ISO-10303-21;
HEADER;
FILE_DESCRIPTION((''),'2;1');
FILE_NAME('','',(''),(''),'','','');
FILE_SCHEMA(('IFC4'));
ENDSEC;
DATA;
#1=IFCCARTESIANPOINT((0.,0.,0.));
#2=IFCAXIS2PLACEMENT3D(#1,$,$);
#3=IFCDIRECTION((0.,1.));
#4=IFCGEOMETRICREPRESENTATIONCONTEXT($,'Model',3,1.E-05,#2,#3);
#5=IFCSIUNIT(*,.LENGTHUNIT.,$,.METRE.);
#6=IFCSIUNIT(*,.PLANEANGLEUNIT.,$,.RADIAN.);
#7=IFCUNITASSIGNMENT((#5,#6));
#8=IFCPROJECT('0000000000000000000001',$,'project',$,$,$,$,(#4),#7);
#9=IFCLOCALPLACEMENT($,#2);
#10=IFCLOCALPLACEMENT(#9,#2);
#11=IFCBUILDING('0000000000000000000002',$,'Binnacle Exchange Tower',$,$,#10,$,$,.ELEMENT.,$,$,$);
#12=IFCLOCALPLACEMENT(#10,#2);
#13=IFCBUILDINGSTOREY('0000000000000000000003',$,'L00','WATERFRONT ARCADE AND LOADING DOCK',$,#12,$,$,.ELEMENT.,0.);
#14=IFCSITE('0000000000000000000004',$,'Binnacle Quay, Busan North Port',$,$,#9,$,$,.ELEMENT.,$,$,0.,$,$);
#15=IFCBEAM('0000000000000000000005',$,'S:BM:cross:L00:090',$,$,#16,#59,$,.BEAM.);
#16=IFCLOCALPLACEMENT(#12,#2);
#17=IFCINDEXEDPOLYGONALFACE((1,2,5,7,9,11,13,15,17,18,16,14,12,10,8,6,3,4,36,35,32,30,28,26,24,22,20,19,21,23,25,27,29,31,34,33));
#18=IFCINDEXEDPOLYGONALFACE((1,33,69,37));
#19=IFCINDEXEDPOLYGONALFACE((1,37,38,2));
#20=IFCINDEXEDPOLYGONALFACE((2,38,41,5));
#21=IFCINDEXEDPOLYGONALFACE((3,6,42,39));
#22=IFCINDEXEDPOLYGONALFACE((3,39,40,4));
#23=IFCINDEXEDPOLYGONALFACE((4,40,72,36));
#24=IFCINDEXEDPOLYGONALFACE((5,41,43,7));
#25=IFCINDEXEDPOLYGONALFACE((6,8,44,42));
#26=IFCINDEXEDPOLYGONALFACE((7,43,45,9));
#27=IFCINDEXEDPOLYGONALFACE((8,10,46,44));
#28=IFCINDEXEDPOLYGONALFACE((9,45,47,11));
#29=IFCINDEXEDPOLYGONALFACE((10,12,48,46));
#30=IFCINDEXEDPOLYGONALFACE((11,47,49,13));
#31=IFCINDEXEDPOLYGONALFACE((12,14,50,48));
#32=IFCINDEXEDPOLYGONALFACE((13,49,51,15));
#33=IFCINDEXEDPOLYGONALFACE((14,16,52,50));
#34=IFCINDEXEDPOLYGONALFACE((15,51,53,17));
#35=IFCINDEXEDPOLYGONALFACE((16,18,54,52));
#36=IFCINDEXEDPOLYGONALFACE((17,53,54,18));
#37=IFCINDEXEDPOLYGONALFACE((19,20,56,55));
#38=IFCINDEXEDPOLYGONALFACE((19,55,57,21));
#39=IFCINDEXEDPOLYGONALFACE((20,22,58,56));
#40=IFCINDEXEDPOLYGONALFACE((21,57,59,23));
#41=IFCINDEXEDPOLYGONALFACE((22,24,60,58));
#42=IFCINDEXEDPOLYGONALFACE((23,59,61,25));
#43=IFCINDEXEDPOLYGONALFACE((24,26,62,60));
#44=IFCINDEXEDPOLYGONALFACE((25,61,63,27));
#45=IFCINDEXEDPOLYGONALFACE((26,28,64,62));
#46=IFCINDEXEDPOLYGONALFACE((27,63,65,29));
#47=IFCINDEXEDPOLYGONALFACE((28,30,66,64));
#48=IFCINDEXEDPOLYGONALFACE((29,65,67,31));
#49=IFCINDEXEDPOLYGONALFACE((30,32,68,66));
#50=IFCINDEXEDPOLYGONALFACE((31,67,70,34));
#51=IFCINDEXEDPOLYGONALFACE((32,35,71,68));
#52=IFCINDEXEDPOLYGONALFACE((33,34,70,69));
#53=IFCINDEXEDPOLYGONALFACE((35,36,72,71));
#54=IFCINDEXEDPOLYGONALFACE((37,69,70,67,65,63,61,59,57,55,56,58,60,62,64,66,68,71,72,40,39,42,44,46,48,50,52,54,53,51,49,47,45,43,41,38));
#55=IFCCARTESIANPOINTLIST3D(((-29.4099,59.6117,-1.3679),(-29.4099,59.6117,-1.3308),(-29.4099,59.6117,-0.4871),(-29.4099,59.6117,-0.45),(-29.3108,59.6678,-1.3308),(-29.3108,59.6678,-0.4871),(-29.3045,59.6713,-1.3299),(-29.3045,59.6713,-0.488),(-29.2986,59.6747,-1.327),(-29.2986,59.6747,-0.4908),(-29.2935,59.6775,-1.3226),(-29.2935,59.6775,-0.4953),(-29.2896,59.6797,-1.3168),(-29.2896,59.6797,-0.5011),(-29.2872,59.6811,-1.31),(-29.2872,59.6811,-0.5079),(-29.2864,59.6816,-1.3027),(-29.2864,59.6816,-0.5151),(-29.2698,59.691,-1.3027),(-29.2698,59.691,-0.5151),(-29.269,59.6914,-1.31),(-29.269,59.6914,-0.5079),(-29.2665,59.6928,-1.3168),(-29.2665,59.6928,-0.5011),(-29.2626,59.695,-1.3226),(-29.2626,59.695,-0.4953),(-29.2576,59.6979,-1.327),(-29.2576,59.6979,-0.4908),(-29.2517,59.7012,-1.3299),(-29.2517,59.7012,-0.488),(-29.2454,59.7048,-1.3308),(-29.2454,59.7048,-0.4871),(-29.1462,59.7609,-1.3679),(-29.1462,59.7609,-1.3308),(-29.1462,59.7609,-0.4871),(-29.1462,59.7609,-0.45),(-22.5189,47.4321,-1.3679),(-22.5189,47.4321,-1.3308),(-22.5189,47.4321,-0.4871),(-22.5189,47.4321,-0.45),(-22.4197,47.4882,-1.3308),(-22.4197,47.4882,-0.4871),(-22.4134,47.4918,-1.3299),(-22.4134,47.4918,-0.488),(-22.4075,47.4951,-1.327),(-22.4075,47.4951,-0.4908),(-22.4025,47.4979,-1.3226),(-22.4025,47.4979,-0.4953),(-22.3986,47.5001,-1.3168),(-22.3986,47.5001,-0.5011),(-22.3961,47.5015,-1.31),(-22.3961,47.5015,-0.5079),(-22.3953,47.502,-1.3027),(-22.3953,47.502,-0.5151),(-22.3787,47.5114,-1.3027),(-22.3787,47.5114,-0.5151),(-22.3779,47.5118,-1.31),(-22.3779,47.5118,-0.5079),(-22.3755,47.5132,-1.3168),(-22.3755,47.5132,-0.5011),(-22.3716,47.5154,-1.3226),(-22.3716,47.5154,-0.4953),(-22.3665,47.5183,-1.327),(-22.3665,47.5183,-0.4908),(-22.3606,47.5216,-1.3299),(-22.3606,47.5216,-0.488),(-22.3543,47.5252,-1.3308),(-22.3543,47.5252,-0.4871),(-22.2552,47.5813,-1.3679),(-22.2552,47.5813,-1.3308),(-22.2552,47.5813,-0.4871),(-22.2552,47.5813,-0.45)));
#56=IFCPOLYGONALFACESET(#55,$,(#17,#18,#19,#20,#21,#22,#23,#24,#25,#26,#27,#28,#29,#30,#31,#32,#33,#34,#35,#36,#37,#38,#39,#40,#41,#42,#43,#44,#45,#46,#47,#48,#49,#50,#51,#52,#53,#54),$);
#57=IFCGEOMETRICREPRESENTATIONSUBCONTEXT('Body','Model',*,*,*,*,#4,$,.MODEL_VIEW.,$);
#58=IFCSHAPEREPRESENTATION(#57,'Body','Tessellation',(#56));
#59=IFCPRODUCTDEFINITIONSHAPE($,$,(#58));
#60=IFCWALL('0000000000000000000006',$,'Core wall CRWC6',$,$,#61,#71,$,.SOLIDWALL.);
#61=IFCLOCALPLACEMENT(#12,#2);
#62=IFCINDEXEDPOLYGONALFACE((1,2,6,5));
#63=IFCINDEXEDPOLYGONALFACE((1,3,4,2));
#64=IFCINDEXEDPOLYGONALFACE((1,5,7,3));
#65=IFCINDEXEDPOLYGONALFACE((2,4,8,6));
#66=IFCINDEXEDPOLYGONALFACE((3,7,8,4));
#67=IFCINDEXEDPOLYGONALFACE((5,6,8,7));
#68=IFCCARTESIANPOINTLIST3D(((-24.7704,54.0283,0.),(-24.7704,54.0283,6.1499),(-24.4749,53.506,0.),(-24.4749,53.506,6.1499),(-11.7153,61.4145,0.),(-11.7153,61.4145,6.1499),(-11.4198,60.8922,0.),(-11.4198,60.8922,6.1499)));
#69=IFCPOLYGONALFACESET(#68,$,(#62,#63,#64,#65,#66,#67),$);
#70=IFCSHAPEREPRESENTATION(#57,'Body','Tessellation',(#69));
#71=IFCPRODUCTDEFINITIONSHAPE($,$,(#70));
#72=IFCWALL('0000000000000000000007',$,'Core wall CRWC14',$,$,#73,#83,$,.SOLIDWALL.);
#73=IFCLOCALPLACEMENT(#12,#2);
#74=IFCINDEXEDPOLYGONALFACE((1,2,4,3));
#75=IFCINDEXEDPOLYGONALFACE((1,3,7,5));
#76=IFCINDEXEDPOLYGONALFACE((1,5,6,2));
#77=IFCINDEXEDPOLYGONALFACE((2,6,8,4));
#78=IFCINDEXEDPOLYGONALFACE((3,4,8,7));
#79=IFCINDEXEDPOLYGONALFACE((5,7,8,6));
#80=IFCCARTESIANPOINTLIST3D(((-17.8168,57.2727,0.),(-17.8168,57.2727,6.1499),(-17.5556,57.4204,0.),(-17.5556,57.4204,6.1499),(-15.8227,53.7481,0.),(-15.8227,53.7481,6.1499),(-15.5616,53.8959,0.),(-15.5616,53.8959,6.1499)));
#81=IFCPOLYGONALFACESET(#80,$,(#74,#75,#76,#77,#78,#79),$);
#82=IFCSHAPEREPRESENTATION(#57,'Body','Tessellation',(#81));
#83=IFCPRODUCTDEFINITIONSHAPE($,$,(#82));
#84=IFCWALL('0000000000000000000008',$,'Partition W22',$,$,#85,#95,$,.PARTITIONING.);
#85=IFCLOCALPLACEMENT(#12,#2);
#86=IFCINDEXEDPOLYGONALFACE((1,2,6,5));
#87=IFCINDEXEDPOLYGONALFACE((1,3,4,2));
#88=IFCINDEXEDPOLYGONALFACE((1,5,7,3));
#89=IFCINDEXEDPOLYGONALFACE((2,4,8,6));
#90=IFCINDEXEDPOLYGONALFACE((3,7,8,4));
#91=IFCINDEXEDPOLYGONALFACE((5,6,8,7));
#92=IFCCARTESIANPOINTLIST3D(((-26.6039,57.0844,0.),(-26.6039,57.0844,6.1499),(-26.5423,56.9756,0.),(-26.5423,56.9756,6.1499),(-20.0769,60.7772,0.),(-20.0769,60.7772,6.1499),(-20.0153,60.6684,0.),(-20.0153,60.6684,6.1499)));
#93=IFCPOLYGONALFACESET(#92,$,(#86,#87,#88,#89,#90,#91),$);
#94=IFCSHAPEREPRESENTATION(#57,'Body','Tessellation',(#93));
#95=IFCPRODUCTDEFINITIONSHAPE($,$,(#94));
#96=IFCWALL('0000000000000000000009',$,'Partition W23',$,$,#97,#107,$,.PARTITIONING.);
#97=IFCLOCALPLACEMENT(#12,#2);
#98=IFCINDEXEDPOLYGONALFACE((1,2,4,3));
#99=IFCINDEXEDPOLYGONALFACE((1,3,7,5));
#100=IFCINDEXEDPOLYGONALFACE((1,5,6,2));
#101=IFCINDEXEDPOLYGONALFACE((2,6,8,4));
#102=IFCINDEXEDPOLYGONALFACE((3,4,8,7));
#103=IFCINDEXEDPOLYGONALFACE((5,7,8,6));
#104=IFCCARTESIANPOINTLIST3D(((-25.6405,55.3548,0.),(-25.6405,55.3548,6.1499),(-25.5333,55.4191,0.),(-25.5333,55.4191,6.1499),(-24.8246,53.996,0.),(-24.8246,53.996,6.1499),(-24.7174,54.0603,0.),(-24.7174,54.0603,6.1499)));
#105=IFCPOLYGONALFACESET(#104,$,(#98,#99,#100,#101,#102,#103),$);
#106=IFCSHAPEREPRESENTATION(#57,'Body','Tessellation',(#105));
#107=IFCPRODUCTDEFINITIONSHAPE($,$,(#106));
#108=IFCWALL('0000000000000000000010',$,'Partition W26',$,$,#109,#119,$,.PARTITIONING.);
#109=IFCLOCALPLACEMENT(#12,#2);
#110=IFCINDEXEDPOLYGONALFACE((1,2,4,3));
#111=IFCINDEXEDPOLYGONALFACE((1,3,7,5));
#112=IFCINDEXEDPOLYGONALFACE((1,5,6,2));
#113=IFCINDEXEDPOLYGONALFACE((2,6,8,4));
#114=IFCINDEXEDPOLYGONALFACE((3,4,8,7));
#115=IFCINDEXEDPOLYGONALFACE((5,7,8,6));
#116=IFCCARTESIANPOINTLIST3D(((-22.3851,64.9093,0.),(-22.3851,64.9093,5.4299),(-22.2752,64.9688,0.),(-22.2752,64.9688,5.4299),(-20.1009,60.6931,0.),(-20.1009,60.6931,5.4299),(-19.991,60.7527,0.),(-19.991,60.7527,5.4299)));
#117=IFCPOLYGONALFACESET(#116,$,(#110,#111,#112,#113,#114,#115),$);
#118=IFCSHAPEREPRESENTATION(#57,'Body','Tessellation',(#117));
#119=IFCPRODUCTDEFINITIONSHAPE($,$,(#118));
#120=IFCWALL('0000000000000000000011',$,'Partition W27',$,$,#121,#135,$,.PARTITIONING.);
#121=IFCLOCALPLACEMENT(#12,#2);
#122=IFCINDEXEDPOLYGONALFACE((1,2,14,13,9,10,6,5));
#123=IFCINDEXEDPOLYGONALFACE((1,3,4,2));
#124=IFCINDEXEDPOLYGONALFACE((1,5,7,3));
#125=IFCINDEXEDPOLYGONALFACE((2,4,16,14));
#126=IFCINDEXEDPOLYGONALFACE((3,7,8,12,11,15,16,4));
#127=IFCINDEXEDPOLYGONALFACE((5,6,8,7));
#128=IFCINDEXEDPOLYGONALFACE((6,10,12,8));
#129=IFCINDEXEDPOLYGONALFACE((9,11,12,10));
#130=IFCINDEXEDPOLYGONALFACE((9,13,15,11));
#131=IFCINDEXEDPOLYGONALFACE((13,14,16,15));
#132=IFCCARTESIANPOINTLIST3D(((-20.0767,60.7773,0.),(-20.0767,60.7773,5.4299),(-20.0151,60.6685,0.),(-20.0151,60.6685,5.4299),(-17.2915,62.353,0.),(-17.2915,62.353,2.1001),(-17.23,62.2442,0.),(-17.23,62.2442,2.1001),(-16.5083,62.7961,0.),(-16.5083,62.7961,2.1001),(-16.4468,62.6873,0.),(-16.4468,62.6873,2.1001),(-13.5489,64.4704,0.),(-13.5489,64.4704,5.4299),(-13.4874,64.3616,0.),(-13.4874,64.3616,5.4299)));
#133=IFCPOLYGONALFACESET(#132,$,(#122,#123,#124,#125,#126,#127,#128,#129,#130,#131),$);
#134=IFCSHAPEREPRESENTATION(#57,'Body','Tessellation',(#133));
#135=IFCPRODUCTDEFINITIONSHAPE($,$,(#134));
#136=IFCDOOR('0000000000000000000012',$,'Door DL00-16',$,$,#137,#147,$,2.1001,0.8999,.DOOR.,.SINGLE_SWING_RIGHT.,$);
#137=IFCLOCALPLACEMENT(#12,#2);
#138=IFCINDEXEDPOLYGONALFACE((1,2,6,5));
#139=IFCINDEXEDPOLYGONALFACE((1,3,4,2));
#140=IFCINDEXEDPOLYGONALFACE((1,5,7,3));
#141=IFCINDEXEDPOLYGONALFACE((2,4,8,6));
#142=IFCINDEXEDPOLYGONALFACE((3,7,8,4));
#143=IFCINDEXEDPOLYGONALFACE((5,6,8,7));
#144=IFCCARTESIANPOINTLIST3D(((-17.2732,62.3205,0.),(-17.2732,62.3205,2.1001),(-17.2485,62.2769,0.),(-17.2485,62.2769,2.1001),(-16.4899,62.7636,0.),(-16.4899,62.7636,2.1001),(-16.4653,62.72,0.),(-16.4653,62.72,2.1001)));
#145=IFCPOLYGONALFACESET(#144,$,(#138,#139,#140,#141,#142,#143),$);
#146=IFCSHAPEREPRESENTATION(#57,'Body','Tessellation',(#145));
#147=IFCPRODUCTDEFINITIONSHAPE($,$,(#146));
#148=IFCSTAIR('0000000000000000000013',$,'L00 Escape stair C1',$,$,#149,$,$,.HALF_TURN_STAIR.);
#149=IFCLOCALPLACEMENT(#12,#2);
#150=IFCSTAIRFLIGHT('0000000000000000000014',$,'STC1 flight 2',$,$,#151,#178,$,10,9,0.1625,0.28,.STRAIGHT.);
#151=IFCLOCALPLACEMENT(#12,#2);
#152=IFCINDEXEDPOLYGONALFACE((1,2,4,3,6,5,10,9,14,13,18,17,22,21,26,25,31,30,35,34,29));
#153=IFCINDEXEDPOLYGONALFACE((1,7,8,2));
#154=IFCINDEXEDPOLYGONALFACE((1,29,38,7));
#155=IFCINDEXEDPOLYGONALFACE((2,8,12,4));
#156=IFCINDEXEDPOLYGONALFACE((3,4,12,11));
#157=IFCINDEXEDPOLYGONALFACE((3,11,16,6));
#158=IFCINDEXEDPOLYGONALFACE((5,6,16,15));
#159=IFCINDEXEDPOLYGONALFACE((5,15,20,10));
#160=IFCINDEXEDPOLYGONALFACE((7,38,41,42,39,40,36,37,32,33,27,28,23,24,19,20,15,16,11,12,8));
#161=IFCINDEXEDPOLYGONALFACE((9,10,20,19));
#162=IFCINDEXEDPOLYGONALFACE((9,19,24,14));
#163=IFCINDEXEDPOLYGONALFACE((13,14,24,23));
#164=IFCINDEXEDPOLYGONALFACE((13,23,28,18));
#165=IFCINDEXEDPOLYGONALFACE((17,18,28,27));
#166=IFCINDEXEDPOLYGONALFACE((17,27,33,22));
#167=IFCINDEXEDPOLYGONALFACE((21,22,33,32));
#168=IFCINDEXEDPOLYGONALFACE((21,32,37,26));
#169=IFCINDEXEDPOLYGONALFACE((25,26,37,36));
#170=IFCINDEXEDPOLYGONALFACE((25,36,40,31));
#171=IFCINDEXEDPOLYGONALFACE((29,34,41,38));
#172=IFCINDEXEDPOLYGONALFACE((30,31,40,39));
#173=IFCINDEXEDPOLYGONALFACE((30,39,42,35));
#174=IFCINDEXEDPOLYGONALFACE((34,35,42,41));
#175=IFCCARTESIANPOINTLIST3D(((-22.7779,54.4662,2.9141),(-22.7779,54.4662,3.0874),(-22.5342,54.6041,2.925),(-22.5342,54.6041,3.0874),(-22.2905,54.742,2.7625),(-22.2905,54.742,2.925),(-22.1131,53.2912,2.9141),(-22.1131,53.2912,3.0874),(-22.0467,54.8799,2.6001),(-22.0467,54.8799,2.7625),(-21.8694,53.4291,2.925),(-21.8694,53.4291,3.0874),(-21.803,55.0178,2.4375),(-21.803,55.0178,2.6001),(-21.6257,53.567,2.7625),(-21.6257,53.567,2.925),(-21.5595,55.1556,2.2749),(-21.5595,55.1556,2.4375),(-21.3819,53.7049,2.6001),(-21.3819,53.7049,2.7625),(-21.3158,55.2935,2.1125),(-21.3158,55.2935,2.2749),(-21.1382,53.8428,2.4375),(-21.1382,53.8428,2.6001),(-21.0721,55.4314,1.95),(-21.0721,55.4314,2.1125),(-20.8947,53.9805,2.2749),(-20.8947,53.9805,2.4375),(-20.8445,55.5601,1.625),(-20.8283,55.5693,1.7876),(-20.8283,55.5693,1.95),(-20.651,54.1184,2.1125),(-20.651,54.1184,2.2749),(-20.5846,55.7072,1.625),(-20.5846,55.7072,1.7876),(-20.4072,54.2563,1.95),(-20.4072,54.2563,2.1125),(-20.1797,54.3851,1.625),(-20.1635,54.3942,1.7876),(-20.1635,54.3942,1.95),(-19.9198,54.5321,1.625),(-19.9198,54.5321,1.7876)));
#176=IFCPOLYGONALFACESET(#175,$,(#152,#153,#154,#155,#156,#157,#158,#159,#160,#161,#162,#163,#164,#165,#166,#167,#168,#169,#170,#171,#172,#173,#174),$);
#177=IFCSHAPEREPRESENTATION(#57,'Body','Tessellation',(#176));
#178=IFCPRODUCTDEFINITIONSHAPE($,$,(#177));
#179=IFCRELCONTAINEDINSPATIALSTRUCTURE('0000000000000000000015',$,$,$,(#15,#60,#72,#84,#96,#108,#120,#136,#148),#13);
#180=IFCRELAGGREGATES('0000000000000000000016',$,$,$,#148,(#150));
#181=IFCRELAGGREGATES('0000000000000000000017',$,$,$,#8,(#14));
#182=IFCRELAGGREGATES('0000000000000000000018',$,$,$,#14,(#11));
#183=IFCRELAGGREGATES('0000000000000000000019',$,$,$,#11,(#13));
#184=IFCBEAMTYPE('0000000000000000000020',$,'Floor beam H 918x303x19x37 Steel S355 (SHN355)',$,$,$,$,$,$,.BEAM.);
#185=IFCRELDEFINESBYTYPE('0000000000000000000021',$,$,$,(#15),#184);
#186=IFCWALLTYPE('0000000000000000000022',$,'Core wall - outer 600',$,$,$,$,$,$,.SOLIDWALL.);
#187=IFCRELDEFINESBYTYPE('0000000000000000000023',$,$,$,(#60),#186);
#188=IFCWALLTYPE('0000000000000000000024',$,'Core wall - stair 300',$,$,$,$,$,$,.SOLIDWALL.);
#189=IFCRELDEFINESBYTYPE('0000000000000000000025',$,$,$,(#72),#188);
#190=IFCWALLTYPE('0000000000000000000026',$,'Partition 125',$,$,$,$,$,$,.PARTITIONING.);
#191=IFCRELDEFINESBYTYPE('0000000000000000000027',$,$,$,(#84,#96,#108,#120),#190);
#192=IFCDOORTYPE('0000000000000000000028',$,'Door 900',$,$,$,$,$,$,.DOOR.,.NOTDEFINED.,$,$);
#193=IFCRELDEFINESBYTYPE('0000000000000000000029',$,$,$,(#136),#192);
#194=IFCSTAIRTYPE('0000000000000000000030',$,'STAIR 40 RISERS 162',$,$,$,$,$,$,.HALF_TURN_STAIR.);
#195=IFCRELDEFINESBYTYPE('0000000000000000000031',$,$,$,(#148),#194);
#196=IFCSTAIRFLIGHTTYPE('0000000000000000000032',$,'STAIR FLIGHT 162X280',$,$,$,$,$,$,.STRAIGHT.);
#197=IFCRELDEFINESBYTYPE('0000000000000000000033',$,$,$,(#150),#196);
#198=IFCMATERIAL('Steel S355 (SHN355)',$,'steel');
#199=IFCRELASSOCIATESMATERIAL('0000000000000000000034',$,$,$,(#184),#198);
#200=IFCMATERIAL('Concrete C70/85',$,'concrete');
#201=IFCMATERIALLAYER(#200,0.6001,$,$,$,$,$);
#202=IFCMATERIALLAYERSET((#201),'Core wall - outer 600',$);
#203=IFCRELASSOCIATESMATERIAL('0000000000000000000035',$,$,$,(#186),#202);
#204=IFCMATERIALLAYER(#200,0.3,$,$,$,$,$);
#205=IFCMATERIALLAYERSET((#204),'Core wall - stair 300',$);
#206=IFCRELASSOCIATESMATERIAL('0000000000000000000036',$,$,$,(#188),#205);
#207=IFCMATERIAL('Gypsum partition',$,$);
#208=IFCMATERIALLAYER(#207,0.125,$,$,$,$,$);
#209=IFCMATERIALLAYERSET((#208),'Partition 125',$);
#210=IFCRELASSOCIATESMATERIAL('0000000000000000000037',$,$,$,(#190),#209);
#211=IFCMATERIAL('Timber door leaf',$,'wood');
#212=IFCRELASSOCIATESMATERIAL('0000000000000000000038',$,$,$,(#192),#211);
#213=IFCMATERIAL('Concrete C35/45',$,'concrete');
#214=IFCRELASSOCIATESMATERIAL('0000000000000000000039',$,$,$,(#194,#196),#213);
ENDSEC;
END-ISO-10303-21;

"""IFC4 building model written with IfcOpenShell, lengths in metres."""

from ifc_helpers import new_model, si_unit, direction, frame, frame_2d, origin, origin_2d, place, context, subcontext, project, spatial, polyline, rectangle, i_section, outline, extrude, material, layer, layer_set, material_profile, profile_set, type_object, element, fill, aggregate, save


model = new_model("IFC4")

# Units and contexts
model_context = context("Model", 3, precision=1e-05, world=origin(), true_north=direction((0.0, 1.0)))
body_context = subcontext(model_context, "Body", "Model", "MODEL_VIEW")
ifc_project = project(units=[si_unit("LENGTHUNIT", "METRE"), si_unit("PLANEANGLEUNIT", "RADIAN")], contexts=[model_context])

# Site, building, storey
site_placement = place(None, origin())
site = spatial("IfcSite", under=ifc_project, at=site_placement, Name="Binnacle Quay, Busan North Port", CompositionType="ELEMENT", RefElevation=0.0)
building_placement = place(site_placement, origin())
building = spatial("IfcBuilding", under=site, at=building_placement, Name="Binnacle Exchange Tower", CompositionType="ELEMENT")
storey_placement = place(building_placement, origin())
storey = spatial("IfcBuildingStorey", under=building, at=storey_placement, Name="L00", Description="WATERFRONT ARCADE AND LOADING DOCK", CompositionType="ELEMENT", Elevation=0.0)

# Shared definitions
ifc_material_1 = material(Name="Concrete C70/85", Category="concrete")

# Beam
ifc_material_2 = material(Name="Steel S355 (SHN355)", Category="steel")
ifc_material_profile_1 = material_profile(ifc_material_2, i_section(OverallWidth=0.303, OverallDepth=0.918, WebThickness=0.019, FlangeThickness=0.0371, FilletRadius=0.0281, at=origin_2d()), Name="H 918x303x19x37")
ifc_profile_set_1 = profile_set([ifc_material_profile_1], Name="Steel S355 (SHN355)")
beam_type_1 = type_object("IfcBeamType", Name="Floor beam H 918x303x19x37 Steel S355 (SHN355)", PredefinedType="BEAM", material=ifc_profile_set_1)
beam_1_placement = place(storey_placement, frame((-29.2781, 59.6863, -0.9089), z_axis=(0.492433, -0.87035, 0.0), x_axis=(0.87035, 0.492433, 0.0)))
element("IfcBeam", 1, at=beam_1_placement, inside=storey, type_object=beam_type_1, Name="S:BM:cross:L00:090", PredefinedType="BEAM", context=body_context, shape_type="SweptSolid", body=[
    extrude(i_section(OverallWidth=0.303, OverallDepth=0.918, WebThickness=0.019, FlangeThickness=0.0371, FilletRadius=0.0281, at=origin_2d()), origin(), (0.0, 0.0, 1.0), 13.9939),
])

# Walls
ifc_layer_1 = layer(ifc_material_1, 0.6001)
ifc_layer_set_1 = layer_set([ifc_layer_1], Name="Core wall - outer 600")
wall_type_1 = type_object("IfcWallType", Name="Core wall - outer 600", PredefinedType="SOLIDWALL", material=ifc_layer_set_1)
wall_1_placement = place(storey_placement, frame((-24.6228, 53.7671, 0.0), z_axis=(0.0, 0.0, 1.0), x_axis=(0.870357, 0.492422, 0.0)))
element("IfcWall", 2, at=wall_1_placement, inside=storey, type_object=wall_type_1, Name="Core wall CRWC6", PredefinedType="SOLIDWALL", context=body_context, shape_type="SweptSolid", body=[
    extrude(rectangle(XDim=14.9998, YDim=0.6001, at=frame_2d((7.5, 0.0))), origin(), (0.0, 0.0, 1.0), 6.1499),
])
ifc_layer_2 = layer(ifc_material_1, 0.3)
ifc_layer_set_2 = layer_set([ifc_layer_2], Name="Core wall - stair 300")
wall_type_2 = type_object("IfcWallType", Name="Core wall - stair 300", PredefinedType="SOLIDWALL", material=ifc_layer_set_2)
wall_2_placement = place(storey_placement, frame((-17.6863, 57.3467, 0.0), z_axis=(0.0, 0.0, 1.0), x_axis=(0.492421, -0.870357, 0.0)))
element("IfcWall", 3, at=wall_2_placement, inside=storey, type_object=wall_type_2, Name="Core wall CRWC14", PredefinedType="SOLIDWALL", context=body_context, shape_type="SweptSolid", body=[
    extrude(rectangle(XDim=4.0496, YDim=0.3, at=frame_2d((2.0249, 0.0))), origin(), (0.0, 0.0, 1.0), 6.1499),
])
ifc_material_3 = material(Name="Gypsum partition")
ifc_layer_3 = layer(ifc_material_3, 0.125)
ifc_layer_set_3 = layer_set([ifc_layer_3], Name="Partition 125")
wall_type_3 = type_object("IfcWallType", Name="Partition 125", PredefinedType="PARTITIONING", material=ifc_layer_set_3)
wall_3_placement = place(storey_placement, frame((-26.573, 57.03, 0.0), z_axis=(0.0, 0.0, 1.0), x_axis=(0.870355, 0.492425, 0.0)))
element("IfcWall", 4, at=wall_3_placement, inside=storey, type_object=wall_type_3, Name="Partition W22", PredefinedType="PARTITIONING", context=body_context, shape_type="SweptSolid", body=[
    extrude(rectangle(XDim=7.4993, YDim=0.125, at=frame_2d((3.7495, 0.0))), origin(), (0.0, 0.0, 1.0), 6.1499),
])
wall_4_placement = place(storey_placement, frame((-25.5869, 55.387, 0.0), z_axis=(0.0, 0.0, 1.0), x_axis=(0.514768, -0.85733, 0.0)))
element("IfcWall", 5, at=wall_4_placement, inside=storey, type_object=wall_type_3, Name="Partition W23", PredefinedType="PARTITIONING", context=body_context, shape_type="SweptSolid", body=[
    extrude(rectangle(XDim=1.585, YDim=0.125, at=frame_2d((0.7925, 0.0))), origin(), (0.0, 0.0, 1.0), 6.1499),
])
wall_5_placement = place(storey_placement, frame((-22.3301, 64.939, 0.0), z_axis=(0.0, 0.0, 1.0), x_axis=(0.47636, -0.87925, 0.0)))
element("IfcWall", 6, at=wall_5_placement, inside=storey, type_object=wall_type_3, Name="Partition W26", PredefinedType="PARTITIONING", context=body_context, shape_type="SweptSolid", body=[
    extrude(rectangle(XDim=4.7952, YDim=0.125, at=frame_2d((2.3975, 0.0))), origin(), (0.0, 0.0, 1.0), 5.4299),
])

# Wall, opening, door
wall_6_placement = place(storey_placement, frame((-20.0459, 60.7229, 0.0), z_axis=(0.0, 0.0, 1.0), x_axis=(0.870365, 0.492408, 0.0)))
wall_6 = element("IfcWall", 7, at=wall_6_placement, inside=storey, type_object=wall_type_3, Name="Partition W27", PredefinedType="PARTITIONING", context=body_context, shape_type="SweptSolid", body=[
    extrude(rectangle(XDim=7.5, YDim=0.125, at=frame_2d((3.75, 0.0))), origin(), (0.0, 0.0, 1.0), 5.4299),
])
opening_placement = place(wall_6_placement, frame((3.2, 0.0, 0.0)))
opening = element("IfcOpeningElement", 8, at=opening_placement, cuts=wall_6, PredefinedType="OPENING", context=body_context, shape_type="SweptSolid", body=[
    extrude(rectangle(XDim=0.8999, YDim=2.1001, at=frame_2d((0.45, 1.05))), frame((0.0, 0.0725, 0.0), z_axis=(0.0, -1.0, 0.0), x_axis=(1.0, 0.0, 0.0)), (0.0, 0.0, 1.0), 0.145),
])
ifc_material_4 = material(Name="Timber door leaf", Category="wood")
door_type = type_object("IfcDoorType", Name="Door 900", OperationType="NOTDEFINED", PredefinedType="DOOR", material=ifc_material_4)
door_placement = place(opening_placement, frame((0.8999, 0.0, 0.0), z_axis=(0.0, 0.0, 1.0), x_axis=(-1.0, 0.0, 0.0)))
door = element("IfcDoor", 9, at=door_placement, inside=storey, type_object=door_type, Name="Door DL00-16", OperationType="SINGLE_SWING_RIGHT", OverallHeight=2.1001, OverallWidth=0.8999, PredefinedType="DOOR", context=body_context, shape_type="SweptSolid", body=[
    extrude(rectangle(XDim=0.8999, YDim=2.1001, at=frame_2d((0.45, 1.05))), frame((0.0, 0.0249, 0.0), z_axis=(0.0, -1.0, 0.0), x_axis=(1.0, 0.0, 0.0)), (0.0, 0.0, 1.0), 0.05),
])
fill(opening, door)

# Stair, stair flight
ifc_material_5 = material(Name="Concrete C35/45", Category="concrete")
stair_type = type_object("IfcStairType", Name="STAIR 40 RISERS 162", PredefinedType="HALF_TURN_STAIR", material=ifc_material_5)
stair_placement = place(storey_placement, origin())
stair = element("IfcStair", 10, at=stair_placement, inside=storey, type_object=stair_type, Name="L00 Escape stair C1", PredefinedType="HALF_TURN_STAIR")
stair_flight_type = type_object("IfcStairFlightType", Name="STAIR FLIGHT 162X280", PredefinedType="STRAIGHT", material=ifc_material_5)
stair_flight_1_placement = place(storey_placement, frame((-20.2522, 55.1196, 1.625), z_axis=(0.0, 0.0, 1.0), x_axis=(-0.870356, -0.492424, 0.0)))
stair_flight_1 = element("IfcStairFlight", 11, at=stair_flight_1_placement, type_object=stair_flight_type, Name="STC1 flight 2", NumberOfRisers=10, NumberOfTreads=9, PredefinedType="STRAIGHT", RiserHeight=0.1625, TreadLength=0.28, context=body_context, shape_type="SweptSolid", body=[
    extrude(outline(polyline([(0.0, 0.0), (0.0, 0.1626), (0.28, 0.1626), (0.28, 0.325), (0.5601, 0.325), (0.5601, 0.4875), (0.8401, 0.4875), (0.8401, 0.6499), (1.1201, 0.6499), (1.1201, 0.8125), (1.3999, 0.8125), (1.3999, 0.9751), (1.6799, 0.9751), (1.6799, 1.1375), (1.96, 1.1375), (1.96, 1.3), (2.24, 1.3), (2.24, 1.4624), (2.52, 1.4624), (2.52, 1.625), (2.52, 1.2891), (0.2986, 0.0), (0.0, 0.0)])), frame((0.0, 0.675, 0.0), z_axis=(0.0, -1.0, 0.0), x_axis=(1.0, 0.0, 0.0)), (0.0, 0.0, 1.0), 1.3501),
])
aggregate(stair, [stair_flight_1])

save(model, "model.ifc")
